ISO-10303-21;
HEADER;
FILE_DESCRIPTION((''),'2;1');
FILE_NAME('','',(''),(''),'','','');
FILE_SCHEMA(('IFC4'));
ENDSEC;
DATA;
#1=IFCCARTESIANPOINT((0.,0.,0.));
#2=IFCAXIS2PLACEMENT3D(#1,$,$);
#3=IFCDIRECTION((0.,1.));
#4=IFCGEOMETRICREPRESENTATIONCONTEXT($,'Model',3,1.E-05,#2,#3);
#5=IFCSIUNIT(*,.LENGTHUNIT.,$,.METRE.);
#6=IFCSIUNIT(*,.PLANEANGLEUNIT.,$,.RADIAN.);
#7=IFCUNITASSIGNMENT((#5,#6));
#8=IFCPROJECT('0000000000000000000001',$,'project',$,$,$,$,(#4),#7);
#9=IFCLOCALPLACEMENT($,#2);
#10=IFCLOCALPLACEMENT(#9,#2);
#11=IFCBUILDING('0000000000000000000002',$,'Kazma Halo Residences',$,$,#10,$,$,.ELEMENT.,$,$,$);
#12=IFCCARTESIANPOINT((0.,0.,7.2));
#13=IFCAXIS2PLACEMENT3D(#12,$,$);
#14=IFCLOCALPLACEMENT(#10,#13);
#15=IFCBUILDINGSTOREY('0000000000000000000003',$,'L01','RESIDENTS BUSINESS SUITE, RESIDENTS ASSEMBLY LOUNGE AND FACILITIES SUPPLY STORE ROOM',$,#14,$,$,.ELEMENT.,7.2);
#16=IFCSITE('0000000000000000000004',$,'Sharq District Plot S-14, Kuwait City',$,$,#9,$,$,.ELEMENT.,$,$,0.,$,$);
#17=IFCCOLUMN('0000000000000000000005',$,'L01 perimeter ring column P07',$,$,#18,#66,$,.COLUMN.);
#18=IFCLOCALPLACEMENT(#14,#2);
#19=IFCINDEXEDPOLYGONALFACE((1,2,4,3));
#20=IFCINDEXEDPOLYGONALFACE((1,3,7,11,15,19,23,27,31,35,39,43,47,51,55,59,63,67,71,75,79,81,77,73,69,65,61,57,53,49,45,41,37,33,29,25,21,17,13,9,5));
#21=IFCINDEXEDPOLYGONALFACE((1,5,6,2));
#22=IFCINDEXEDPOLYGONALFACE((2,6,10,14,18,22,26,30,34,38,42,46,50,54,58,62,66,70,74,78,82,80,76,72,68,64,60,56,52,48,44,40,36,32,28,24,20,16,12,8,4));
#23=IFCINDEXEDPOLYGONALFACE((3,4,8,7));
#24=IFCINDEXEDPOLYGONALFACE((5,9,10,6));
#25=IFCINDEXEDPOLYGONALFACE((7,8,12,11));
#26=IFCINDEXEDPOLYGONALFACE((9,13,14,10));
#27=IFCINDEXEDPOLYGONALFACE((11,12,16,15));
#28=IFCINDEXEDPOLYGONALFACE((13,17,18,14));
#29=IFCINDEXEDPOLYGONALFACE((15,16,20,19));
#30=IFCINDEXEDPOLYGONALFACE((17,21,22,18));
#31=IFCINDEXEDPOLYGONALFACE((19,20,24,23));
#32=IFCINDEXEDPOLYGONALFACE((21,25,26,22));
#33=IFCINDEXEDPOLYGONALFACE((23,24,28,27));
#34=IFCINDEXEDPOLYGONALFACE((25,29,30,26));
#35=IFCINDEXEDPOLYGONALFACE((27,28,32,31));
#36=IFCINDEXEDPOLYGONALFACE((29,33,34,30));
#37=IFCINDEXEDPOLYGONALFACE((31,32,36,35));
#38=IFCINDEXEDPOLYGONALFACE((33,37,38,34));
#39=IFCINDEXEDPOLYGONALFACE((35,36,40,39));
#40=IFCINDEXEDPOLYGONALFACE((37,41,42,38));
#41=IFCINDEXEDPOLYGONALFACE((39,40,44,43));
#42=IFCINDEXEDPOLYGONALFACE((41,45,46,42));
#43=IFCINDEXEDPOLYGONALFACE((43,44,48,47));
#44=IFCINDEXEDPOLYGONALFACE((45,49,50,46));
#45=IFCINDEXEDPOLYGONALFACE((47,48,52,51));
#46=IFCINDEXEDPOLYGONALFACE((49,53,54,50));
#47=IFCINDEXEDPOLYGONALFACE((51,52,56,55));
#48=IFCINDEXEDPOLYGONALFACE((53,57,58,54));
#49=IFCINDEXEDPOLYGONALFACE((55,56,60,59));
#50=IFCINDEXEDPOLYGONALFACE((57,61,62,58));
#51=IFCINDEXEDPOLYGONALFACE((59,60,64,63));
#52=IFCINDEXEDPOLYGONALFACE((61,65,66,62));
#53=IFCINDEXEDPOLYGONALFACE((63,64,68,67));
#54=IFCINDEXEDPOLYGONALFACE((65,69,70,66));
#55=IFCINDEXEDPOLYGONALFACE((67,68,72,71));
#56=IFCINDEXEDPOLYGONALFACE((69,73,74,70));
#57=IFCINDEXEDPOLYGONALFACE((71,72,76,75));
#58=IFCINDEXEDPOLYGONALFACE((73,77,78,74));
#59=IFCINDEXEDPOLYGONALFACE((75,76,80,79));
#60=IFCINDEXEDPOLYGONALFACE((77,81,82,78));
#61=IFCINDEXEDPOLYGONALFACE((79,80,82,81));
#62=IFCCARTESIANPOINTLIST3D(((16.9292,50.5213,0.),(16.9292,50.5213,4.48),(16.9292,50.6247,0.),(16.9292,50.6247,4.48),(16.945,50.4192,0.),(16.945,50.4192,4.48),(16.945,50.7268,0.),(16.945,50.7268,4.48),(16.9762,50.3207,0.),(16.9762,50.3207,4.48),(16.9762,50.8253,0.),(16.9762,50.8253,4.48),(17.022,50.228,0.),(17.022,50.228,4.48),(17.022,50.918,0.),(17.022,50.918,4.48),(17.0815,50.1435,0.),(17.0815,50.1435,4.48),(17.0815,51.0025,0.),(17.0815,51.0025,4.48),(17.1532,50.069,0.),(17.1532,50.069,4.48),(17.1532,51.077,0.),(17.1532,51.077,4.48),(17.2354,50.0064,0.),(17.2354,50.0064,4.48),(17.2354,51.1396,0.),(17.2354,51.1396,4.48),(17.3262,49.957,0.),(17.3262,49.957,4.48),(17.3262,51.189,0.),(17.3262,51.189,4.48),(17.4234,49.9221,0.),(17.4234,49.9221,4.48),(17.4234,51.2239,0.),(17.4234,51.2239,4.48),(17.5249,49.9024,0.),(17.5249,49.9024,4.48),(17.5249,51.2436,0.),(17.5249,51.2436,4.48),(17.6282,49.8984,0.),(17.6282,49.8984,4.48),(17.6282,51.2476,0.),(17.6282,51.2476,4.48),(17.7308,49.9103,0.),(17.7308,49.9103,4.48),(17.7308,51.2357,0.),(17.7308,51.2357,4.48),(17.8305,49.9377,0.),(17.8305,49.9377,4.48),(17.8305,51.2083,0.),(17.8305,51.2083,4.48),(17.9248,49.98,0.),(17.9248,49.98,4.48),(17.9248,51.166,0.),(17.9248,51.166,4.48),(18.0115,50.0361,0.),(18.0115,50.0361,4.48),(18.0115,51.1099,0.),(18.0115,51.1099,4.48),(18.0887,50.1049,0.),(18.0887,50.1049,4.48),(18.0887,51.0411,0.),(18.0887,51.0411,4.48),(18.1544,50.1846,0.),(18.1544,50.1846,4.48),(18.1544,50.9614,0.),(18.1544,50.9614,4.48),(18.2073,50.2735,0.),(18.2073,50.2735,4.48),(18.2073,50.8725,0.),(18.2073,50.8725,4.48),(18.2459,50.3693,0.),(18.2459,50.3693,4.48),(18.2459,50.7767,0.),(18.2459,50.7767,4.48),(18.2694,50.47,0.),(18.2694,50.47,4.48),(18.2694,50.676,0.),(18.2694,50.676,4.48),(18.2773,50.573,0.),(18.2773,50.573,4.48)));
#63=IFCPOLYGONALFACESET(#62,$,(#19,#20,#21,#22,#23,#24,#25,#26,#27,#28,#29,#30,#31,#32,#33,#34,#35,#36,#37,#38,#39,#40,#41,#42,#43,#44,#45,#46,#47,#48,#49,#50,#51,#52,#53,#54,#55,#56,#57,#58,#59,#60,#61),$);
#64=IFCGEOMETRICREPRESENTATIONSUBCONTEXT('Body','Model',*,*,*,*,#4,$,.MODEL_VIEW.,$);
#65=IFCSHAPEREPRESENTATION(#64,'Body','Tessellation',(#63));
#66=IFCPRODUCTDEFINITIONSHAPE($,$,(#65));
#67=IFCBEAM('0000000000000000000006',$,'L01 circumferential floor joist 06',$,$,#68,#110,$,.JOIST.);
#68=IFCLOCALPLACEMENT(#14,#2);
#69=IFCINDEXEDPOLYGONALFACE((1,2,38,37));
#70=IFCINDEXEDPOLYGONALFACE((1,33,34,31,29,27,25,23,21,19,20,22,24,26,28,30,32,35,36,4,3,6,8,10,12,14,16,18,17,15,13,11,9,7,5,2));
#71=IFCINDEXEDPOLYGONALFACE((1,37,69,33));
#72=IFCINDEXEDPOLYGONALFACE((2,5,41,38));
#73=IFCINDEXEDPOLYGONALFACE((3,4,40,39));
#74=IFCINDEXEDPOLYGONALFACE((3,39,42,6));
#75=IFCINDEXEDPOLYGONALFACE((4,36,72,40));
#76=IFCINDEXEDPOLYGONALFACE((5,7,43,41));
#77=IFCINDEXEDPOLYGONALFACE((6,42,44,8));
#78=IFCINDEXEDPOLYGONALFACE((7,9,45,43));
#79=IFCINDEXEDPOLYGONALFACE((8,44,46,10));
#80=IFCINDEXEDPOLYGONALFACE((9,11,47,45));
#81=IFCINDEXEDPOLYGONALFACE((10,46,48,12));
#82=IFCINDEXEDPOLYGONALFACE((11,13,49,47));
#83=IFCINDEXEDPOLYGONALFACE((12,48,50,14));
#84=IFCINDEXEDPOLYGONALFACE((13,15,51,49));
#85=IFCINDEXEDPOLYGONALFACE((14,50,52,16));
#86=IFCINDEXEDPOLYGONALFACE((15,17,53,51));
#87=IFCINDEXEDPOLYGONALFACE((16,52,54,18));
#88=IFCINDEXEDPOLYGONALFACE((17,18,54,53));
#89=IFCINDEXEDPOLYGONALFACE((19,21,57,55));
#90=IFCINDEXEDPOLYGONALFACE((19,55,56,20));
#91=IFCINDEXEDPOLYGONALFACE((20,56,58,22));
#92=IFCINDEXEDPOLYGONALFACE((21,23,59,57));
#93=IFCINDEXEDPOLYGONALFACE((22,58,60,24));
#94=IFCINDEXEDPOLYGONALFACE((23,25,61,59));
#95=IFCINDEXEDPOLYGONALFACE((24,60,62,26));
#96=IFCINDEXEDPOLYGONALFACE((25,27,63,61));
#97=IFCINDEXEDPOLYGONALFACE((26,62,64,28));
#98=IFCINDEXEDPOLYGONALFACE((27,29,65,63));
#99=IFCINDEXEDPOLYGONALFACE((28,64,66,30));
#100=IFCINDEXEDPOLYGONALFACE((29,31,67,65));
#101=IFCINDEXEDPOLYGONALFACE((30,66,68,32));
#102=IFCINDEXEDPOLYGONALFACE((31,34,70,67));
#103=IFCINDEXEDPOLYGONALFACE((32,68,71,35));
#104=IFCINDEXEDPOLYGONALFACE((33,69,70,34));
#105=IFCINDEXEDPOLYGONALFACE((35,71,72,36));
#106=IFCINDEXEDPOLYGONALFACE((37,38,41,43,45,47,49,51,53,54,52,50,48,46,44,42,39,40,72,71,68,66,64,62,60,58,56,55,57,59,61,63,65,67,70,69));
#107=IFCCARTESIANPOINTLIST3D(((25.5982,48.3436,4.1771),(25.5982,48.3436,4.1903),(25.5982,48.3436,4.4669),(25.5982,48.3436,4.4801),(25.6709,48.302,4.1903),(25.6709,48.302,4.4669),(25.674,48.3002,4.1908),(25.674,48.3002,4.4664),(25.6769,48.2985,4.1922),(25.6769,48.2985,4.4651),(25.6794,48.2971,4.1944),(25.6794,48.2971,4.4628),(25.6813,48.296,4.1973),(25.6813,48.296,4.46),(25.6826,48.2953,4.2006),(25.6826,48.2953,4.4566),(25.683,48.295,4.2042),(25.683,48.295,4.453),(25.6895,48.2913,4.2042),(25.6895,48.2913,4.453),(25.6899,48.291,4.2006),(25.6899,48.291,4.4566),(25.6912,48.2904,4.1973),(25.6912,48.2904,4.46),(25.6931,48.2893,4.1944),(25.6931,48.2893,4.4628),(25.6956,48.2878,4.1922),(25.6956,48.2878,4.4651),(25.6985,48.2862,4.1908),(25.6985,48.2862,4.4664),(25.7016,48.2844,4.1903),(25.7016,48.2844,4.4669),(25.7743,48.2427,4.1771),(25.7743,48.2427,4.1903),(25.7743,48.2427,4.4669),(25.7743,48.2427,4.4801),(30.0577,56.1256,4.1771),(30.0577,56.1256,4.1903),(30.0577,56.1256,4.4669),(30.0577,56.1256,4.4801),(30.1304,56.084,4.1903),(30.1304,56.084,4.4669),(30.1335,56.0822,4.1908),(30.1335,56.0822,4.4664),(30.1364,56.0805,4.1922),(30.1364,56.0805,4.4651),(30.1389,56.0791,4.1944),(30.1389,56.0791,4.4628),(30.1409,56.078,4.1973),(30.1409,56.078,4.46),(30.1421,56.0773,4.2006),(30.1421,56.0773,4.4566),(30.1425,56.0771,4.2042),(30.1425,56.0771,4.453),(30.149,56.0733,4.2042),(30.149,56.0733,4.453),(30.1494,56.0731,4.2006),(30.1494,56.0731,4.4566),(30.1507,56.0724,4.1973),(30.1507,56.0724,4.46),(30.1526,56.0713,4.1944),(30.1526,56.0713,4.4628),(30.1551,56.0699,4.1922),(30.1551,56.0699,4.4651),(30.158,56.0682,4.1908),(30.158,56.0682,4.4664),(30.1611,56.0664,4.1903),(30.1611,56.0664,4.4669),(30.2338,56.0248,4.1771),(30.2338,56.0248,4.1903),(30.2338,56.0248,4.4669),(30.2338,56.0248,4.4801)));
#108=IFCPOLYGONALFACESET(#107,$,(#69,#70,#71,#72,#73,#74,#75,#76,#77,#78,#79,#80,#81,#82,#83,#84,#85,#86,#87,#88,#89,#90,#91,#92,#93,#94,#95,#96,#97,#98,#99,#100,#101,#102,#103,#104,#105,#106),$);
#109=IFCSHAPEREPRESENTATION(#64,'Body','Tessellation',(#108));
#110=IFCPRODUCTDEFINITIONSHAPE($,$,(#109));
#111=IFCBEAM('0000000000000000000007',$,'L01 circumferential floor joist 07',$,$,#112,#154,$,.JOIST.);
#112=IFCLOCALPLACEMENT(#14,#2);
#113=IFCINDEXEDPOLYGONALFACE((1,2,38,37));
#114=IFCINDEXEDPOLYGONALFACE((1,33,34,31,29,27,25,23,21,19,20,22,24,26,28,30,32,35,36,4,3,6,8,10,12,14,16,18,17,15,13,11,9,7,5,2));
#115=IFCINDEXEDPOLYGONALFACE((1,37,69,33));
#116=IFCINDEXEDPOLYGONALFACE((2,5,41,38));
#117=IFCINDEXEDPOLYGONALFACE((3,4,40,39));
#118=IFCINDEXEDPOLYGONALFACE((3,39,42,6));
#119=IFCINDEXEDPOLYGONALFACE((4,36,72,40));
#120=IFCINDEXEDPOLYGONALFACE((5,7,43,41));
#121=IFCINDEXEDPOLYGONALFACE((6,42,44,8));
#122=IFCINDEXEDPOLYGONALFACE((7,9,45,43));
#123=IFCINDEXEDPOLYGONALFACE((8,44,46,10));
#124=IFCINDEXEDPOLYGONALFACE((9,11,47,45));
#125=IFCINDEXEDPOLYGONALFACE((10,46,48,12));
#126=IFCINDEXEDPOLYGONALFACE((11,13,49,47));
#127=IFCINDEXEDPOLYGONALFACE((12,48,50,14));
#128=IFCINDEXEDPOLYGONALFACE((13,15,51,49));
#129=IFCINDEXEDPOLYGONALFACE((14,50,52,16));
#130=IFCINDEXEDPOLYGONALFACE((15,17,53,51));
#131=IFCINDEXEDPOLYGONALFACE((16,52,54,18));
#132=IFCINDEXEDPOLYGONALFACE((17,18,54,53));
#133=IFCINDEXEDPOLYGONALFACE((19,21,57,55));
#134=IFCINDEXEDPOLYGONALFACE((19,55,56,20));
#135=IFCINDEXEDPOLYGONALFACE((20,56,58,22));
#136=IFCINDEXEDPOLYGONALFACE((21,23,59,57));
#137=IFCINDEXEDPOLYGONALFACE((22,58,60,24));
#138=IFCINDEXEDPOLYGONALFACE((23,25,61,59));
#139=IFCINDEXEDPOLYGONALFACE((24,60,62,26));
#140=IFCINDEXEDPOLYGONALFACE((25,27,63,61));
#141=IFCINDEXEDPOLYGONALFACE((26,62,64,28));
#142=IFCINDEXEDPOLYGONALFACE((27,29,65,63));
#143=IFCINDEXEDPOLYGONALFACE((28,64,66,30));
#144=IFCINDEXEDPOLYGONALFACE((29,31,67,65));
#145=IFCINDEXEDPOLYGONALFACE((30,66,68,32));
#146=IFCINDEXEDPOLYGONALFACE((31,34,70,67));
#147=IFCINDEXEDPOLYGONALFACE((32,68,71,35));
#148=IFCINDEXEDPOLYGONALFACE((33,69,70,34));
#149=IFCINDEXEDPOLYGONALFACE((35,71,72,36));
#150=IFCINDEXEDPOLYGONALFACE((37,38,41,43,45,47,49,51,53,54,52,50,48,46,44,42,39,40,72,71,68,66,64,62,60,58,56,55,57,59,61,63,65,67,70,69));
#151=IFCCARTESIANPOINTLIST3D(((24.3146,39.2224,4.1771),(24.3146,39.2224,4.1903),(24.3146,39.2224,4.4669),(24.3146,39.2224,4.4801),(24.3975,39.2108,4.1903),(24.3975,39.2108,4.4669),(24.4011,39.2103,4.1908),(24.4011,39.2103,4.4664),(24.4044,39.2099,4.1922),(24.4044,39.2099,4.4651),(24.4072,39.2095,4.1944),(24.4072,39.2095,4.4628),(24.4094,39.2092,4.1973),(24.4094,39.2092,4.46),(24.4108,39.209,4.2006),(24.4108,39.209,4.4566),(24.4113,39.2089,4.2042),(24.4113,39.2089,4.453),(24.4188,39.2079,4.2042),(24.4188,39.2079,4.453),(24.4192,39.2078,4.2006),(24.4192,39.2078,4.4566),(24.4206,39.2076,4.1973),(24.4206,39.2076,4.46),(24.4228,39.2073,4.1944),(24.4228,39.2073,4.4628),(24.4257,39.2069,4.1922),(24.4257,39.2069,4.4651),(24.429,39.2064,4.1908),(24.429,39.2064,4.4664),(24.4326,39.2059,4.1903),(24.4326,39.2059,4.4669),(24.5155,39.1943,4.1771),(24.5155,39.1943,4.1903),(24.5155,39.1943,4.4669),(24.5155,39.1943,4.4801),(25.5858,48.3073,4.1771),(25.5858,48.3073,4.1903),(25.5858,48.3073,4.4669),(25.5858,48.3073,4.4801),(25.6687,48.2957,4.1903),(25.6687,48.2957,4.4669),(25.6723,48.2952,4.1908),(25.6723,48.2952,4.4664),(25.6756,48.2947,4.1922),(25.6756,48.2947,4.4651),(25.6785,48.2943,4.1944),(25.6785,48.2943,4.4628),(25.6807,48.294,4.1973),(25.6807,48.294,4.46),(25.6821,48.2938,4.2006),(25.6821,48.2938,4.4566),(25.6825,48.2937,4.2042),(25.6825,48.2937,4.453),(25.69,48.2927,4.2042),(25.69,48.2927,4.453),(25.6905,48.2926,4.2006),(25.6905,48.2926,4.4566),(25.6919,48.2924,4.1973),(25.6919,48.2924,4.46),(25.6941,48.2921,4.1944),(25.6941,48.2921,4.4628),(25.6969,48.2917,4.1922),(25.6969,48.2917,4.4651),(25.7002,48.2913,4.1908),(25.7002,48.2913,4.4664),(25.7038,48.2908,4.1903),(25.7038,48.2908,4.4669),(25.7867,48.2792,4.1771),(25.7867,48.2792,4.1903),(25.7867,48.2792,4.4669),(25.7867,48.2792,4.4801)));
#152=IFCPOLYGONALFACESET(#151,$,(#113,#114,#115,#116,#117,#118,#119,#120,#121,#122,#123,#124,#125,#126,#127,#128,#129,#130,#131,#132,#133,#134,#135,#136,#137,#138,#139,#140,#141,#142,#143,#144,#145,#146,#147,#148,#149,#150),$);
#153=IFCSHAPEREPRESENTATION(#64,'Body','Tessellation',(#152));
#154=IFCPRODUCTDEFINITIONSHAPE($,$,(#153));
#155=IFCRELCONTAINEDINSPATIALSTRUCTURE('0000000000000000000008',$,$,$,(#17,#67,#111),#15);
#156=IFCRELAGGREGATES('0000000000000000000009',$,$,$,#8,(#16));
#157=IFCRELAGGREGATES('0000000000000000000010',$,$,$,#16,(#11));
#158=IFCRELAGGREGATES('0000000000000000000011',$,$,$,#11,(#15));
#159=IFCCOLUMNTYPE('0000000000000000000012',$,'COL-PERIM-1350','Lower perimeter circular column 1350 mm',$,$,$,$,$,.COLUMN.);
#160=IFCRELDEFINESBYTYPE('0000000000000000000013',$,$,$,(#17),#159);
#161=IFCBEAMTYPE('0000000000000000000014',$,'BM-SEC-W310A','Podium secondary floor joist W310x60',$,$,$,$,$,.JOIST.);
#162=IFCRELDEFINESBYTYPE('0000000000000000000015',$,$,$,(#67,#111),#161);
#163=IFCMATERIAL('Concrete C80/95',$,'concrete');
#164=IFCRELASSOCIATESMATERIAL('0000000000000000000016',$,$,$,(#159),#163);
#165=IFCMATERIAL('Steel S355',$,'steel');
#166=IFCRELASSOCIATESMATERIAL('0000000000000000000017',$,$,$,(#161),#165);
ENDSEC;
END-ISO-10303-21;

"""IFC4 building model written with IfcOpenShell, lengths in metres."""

from ifc_helpers import new_model, si_unit, direction, frame, origin, origin_2d, place, context, subcontext, project, spatial, circle, i_section, extrude, material, material_profile, profile_set, type_object, element, save


model = new_model("IFC4")

# Units and contexts
model_context = context("Model", 3, precision=1e-05, world=origin(), true_north=direction((0.0, 1.0)))
body_context = subcontext(model_context, "Body", "Model", "MODEL_VIEW")
ifc_project = project(units=[si_unit("LENGTHUNIT", "METRE"), si_unit("PLANEANGLEUNIT", "RADIAN")], contexts=[model_context])

# Site, building, storey
site_placement = place(None, origin())
site = spatial("IfcSite", under=ifc_project, at=site_placement, Name="Sharq District Plot S-14, Kuwait City", CompositionType="ELEMENT", RefElevation=0.0)
building_placement = place(site_placement, origin())
building = spatial("IfcBuilding", under=site, at=building_placement, Name="Kazma Halo Residences", CompositionType="ELEMENT")
storey_placement = place(building_placement, frame((0.0, 0.0, 7.2)))
storey = spatial("IfcBuildingStorey", under=building, at=storey_placement, Name="L01", Description="RESIDENTS BUSINESS SUITE, RESIDENTS ASSEMBLY LOUNGE AND FACILITIES SUPPLY STORE ROOM", CompositionType="ELEMENT", Elevation=7.2)

# Column
ifc_material_1 = material(Name="Concrete C80/95", Category="concrete")
ifc_material_profile_1 = material_profile(ifc_material_1, circle(Radius=0.675, at=origin_2d()), Name="CIRC1350")
ifc_profile_set_1 = profile_set([ifc_material_profile_1], Name="Concrete C80/95")
column_type = type_object("IfcColumnType", Name="COL-PERIM-1350", Description="Lower perimeter circular column 1350 mm", PredefinedType="COLUMN", material=ifc_profile_set_1)
column_placement = place(storey_placement, frame((17.6023, 50.573, 0.0), z_axis=(0.0, 0.0, 1.0), x_axis=(1.0, 0.0, 0.0)))
element("IfcColumn", 1, at=column_placement, inside=storey, type_object=column_type, Name="L01 perimeter ring column P07", PredefinedType="COLUMN", context=body_context, shape_type="SweptSolid", body=[
    extrude(circle(Radius=0.675, at=origin_2d()), origin(), (0.0, 0.0, 1.0), 4.48),
])

# Beams
ifc_material_2 = material(Name="Steel S355", Category="steel")
ifc_material_profile_2 = material_profile(ifc_material_2, i_section(OverallWidth=0.2029, OverallDepth=0.303, WebThickness=0.0076, FlangeThickness=0.0132, FilletRadius=0.0139, at=origin_2d()), Name="W310x60")
ifc_profile_set_2 = profile_set([ifc_material_profile_2], Name="Steel S355")
beam_type_1 = type_object("IfcBeamType", Name="BM-SEC-W310A", Description="Podium secondary floor joist W310x60", PredefinedType="JOIST", material=ifc_profile_set_2)
beam_1_placement = place(storey_placement, frame((30.1458, 56.0752, 4.3286), z_axis=(-0.4972, -0.867636, 0.0), x_axis=(0.867636, -0.4972, 0.0)))
element("IfcBeam", 2, at=beam_1_placement, inside=storey, type_object=beam_type_1, Name="L01 circumferential floor joist 06", PredefinedType="JOIST", context=body_context, shape_type="SweptSolid", body=[
    extrude(i_section(OverallWidth=0.2029, OverallDepth=0.303, WebThickness=0.0076, FlangeThickness=0.0132, FilletRadius=0.0139, at=origin_2d()), origin(), (0.0, 0.0, 1.0), 8.9692),
])
beam_2_placement = place(storey_placement, frame((25.6863, 48.2932, 4.3286), z_axis=(-0.138582, -0.990351, 0.0), x_axis=(0.990351, -0.138582, 0.0)))
element("IfcBeam", 3, at=beam_2_placement, inside=storey, type_object=beam_type_1, Name="L01 circumferential floor joist 07", PredefinedType="JOIST", context=body_context, shape_type="SweptSolid", body=[
    extrude(i_section(OverallWidth=0.2029, OverallDepth=0.303, WebThickness=0.0076, FlangeThickness=0.0132, FilletRadius=0.0139, at=origin_2d()), origin(), (0.0, 0.0, 1.0), 9.1733),
])

save(model, "model.ifc")
